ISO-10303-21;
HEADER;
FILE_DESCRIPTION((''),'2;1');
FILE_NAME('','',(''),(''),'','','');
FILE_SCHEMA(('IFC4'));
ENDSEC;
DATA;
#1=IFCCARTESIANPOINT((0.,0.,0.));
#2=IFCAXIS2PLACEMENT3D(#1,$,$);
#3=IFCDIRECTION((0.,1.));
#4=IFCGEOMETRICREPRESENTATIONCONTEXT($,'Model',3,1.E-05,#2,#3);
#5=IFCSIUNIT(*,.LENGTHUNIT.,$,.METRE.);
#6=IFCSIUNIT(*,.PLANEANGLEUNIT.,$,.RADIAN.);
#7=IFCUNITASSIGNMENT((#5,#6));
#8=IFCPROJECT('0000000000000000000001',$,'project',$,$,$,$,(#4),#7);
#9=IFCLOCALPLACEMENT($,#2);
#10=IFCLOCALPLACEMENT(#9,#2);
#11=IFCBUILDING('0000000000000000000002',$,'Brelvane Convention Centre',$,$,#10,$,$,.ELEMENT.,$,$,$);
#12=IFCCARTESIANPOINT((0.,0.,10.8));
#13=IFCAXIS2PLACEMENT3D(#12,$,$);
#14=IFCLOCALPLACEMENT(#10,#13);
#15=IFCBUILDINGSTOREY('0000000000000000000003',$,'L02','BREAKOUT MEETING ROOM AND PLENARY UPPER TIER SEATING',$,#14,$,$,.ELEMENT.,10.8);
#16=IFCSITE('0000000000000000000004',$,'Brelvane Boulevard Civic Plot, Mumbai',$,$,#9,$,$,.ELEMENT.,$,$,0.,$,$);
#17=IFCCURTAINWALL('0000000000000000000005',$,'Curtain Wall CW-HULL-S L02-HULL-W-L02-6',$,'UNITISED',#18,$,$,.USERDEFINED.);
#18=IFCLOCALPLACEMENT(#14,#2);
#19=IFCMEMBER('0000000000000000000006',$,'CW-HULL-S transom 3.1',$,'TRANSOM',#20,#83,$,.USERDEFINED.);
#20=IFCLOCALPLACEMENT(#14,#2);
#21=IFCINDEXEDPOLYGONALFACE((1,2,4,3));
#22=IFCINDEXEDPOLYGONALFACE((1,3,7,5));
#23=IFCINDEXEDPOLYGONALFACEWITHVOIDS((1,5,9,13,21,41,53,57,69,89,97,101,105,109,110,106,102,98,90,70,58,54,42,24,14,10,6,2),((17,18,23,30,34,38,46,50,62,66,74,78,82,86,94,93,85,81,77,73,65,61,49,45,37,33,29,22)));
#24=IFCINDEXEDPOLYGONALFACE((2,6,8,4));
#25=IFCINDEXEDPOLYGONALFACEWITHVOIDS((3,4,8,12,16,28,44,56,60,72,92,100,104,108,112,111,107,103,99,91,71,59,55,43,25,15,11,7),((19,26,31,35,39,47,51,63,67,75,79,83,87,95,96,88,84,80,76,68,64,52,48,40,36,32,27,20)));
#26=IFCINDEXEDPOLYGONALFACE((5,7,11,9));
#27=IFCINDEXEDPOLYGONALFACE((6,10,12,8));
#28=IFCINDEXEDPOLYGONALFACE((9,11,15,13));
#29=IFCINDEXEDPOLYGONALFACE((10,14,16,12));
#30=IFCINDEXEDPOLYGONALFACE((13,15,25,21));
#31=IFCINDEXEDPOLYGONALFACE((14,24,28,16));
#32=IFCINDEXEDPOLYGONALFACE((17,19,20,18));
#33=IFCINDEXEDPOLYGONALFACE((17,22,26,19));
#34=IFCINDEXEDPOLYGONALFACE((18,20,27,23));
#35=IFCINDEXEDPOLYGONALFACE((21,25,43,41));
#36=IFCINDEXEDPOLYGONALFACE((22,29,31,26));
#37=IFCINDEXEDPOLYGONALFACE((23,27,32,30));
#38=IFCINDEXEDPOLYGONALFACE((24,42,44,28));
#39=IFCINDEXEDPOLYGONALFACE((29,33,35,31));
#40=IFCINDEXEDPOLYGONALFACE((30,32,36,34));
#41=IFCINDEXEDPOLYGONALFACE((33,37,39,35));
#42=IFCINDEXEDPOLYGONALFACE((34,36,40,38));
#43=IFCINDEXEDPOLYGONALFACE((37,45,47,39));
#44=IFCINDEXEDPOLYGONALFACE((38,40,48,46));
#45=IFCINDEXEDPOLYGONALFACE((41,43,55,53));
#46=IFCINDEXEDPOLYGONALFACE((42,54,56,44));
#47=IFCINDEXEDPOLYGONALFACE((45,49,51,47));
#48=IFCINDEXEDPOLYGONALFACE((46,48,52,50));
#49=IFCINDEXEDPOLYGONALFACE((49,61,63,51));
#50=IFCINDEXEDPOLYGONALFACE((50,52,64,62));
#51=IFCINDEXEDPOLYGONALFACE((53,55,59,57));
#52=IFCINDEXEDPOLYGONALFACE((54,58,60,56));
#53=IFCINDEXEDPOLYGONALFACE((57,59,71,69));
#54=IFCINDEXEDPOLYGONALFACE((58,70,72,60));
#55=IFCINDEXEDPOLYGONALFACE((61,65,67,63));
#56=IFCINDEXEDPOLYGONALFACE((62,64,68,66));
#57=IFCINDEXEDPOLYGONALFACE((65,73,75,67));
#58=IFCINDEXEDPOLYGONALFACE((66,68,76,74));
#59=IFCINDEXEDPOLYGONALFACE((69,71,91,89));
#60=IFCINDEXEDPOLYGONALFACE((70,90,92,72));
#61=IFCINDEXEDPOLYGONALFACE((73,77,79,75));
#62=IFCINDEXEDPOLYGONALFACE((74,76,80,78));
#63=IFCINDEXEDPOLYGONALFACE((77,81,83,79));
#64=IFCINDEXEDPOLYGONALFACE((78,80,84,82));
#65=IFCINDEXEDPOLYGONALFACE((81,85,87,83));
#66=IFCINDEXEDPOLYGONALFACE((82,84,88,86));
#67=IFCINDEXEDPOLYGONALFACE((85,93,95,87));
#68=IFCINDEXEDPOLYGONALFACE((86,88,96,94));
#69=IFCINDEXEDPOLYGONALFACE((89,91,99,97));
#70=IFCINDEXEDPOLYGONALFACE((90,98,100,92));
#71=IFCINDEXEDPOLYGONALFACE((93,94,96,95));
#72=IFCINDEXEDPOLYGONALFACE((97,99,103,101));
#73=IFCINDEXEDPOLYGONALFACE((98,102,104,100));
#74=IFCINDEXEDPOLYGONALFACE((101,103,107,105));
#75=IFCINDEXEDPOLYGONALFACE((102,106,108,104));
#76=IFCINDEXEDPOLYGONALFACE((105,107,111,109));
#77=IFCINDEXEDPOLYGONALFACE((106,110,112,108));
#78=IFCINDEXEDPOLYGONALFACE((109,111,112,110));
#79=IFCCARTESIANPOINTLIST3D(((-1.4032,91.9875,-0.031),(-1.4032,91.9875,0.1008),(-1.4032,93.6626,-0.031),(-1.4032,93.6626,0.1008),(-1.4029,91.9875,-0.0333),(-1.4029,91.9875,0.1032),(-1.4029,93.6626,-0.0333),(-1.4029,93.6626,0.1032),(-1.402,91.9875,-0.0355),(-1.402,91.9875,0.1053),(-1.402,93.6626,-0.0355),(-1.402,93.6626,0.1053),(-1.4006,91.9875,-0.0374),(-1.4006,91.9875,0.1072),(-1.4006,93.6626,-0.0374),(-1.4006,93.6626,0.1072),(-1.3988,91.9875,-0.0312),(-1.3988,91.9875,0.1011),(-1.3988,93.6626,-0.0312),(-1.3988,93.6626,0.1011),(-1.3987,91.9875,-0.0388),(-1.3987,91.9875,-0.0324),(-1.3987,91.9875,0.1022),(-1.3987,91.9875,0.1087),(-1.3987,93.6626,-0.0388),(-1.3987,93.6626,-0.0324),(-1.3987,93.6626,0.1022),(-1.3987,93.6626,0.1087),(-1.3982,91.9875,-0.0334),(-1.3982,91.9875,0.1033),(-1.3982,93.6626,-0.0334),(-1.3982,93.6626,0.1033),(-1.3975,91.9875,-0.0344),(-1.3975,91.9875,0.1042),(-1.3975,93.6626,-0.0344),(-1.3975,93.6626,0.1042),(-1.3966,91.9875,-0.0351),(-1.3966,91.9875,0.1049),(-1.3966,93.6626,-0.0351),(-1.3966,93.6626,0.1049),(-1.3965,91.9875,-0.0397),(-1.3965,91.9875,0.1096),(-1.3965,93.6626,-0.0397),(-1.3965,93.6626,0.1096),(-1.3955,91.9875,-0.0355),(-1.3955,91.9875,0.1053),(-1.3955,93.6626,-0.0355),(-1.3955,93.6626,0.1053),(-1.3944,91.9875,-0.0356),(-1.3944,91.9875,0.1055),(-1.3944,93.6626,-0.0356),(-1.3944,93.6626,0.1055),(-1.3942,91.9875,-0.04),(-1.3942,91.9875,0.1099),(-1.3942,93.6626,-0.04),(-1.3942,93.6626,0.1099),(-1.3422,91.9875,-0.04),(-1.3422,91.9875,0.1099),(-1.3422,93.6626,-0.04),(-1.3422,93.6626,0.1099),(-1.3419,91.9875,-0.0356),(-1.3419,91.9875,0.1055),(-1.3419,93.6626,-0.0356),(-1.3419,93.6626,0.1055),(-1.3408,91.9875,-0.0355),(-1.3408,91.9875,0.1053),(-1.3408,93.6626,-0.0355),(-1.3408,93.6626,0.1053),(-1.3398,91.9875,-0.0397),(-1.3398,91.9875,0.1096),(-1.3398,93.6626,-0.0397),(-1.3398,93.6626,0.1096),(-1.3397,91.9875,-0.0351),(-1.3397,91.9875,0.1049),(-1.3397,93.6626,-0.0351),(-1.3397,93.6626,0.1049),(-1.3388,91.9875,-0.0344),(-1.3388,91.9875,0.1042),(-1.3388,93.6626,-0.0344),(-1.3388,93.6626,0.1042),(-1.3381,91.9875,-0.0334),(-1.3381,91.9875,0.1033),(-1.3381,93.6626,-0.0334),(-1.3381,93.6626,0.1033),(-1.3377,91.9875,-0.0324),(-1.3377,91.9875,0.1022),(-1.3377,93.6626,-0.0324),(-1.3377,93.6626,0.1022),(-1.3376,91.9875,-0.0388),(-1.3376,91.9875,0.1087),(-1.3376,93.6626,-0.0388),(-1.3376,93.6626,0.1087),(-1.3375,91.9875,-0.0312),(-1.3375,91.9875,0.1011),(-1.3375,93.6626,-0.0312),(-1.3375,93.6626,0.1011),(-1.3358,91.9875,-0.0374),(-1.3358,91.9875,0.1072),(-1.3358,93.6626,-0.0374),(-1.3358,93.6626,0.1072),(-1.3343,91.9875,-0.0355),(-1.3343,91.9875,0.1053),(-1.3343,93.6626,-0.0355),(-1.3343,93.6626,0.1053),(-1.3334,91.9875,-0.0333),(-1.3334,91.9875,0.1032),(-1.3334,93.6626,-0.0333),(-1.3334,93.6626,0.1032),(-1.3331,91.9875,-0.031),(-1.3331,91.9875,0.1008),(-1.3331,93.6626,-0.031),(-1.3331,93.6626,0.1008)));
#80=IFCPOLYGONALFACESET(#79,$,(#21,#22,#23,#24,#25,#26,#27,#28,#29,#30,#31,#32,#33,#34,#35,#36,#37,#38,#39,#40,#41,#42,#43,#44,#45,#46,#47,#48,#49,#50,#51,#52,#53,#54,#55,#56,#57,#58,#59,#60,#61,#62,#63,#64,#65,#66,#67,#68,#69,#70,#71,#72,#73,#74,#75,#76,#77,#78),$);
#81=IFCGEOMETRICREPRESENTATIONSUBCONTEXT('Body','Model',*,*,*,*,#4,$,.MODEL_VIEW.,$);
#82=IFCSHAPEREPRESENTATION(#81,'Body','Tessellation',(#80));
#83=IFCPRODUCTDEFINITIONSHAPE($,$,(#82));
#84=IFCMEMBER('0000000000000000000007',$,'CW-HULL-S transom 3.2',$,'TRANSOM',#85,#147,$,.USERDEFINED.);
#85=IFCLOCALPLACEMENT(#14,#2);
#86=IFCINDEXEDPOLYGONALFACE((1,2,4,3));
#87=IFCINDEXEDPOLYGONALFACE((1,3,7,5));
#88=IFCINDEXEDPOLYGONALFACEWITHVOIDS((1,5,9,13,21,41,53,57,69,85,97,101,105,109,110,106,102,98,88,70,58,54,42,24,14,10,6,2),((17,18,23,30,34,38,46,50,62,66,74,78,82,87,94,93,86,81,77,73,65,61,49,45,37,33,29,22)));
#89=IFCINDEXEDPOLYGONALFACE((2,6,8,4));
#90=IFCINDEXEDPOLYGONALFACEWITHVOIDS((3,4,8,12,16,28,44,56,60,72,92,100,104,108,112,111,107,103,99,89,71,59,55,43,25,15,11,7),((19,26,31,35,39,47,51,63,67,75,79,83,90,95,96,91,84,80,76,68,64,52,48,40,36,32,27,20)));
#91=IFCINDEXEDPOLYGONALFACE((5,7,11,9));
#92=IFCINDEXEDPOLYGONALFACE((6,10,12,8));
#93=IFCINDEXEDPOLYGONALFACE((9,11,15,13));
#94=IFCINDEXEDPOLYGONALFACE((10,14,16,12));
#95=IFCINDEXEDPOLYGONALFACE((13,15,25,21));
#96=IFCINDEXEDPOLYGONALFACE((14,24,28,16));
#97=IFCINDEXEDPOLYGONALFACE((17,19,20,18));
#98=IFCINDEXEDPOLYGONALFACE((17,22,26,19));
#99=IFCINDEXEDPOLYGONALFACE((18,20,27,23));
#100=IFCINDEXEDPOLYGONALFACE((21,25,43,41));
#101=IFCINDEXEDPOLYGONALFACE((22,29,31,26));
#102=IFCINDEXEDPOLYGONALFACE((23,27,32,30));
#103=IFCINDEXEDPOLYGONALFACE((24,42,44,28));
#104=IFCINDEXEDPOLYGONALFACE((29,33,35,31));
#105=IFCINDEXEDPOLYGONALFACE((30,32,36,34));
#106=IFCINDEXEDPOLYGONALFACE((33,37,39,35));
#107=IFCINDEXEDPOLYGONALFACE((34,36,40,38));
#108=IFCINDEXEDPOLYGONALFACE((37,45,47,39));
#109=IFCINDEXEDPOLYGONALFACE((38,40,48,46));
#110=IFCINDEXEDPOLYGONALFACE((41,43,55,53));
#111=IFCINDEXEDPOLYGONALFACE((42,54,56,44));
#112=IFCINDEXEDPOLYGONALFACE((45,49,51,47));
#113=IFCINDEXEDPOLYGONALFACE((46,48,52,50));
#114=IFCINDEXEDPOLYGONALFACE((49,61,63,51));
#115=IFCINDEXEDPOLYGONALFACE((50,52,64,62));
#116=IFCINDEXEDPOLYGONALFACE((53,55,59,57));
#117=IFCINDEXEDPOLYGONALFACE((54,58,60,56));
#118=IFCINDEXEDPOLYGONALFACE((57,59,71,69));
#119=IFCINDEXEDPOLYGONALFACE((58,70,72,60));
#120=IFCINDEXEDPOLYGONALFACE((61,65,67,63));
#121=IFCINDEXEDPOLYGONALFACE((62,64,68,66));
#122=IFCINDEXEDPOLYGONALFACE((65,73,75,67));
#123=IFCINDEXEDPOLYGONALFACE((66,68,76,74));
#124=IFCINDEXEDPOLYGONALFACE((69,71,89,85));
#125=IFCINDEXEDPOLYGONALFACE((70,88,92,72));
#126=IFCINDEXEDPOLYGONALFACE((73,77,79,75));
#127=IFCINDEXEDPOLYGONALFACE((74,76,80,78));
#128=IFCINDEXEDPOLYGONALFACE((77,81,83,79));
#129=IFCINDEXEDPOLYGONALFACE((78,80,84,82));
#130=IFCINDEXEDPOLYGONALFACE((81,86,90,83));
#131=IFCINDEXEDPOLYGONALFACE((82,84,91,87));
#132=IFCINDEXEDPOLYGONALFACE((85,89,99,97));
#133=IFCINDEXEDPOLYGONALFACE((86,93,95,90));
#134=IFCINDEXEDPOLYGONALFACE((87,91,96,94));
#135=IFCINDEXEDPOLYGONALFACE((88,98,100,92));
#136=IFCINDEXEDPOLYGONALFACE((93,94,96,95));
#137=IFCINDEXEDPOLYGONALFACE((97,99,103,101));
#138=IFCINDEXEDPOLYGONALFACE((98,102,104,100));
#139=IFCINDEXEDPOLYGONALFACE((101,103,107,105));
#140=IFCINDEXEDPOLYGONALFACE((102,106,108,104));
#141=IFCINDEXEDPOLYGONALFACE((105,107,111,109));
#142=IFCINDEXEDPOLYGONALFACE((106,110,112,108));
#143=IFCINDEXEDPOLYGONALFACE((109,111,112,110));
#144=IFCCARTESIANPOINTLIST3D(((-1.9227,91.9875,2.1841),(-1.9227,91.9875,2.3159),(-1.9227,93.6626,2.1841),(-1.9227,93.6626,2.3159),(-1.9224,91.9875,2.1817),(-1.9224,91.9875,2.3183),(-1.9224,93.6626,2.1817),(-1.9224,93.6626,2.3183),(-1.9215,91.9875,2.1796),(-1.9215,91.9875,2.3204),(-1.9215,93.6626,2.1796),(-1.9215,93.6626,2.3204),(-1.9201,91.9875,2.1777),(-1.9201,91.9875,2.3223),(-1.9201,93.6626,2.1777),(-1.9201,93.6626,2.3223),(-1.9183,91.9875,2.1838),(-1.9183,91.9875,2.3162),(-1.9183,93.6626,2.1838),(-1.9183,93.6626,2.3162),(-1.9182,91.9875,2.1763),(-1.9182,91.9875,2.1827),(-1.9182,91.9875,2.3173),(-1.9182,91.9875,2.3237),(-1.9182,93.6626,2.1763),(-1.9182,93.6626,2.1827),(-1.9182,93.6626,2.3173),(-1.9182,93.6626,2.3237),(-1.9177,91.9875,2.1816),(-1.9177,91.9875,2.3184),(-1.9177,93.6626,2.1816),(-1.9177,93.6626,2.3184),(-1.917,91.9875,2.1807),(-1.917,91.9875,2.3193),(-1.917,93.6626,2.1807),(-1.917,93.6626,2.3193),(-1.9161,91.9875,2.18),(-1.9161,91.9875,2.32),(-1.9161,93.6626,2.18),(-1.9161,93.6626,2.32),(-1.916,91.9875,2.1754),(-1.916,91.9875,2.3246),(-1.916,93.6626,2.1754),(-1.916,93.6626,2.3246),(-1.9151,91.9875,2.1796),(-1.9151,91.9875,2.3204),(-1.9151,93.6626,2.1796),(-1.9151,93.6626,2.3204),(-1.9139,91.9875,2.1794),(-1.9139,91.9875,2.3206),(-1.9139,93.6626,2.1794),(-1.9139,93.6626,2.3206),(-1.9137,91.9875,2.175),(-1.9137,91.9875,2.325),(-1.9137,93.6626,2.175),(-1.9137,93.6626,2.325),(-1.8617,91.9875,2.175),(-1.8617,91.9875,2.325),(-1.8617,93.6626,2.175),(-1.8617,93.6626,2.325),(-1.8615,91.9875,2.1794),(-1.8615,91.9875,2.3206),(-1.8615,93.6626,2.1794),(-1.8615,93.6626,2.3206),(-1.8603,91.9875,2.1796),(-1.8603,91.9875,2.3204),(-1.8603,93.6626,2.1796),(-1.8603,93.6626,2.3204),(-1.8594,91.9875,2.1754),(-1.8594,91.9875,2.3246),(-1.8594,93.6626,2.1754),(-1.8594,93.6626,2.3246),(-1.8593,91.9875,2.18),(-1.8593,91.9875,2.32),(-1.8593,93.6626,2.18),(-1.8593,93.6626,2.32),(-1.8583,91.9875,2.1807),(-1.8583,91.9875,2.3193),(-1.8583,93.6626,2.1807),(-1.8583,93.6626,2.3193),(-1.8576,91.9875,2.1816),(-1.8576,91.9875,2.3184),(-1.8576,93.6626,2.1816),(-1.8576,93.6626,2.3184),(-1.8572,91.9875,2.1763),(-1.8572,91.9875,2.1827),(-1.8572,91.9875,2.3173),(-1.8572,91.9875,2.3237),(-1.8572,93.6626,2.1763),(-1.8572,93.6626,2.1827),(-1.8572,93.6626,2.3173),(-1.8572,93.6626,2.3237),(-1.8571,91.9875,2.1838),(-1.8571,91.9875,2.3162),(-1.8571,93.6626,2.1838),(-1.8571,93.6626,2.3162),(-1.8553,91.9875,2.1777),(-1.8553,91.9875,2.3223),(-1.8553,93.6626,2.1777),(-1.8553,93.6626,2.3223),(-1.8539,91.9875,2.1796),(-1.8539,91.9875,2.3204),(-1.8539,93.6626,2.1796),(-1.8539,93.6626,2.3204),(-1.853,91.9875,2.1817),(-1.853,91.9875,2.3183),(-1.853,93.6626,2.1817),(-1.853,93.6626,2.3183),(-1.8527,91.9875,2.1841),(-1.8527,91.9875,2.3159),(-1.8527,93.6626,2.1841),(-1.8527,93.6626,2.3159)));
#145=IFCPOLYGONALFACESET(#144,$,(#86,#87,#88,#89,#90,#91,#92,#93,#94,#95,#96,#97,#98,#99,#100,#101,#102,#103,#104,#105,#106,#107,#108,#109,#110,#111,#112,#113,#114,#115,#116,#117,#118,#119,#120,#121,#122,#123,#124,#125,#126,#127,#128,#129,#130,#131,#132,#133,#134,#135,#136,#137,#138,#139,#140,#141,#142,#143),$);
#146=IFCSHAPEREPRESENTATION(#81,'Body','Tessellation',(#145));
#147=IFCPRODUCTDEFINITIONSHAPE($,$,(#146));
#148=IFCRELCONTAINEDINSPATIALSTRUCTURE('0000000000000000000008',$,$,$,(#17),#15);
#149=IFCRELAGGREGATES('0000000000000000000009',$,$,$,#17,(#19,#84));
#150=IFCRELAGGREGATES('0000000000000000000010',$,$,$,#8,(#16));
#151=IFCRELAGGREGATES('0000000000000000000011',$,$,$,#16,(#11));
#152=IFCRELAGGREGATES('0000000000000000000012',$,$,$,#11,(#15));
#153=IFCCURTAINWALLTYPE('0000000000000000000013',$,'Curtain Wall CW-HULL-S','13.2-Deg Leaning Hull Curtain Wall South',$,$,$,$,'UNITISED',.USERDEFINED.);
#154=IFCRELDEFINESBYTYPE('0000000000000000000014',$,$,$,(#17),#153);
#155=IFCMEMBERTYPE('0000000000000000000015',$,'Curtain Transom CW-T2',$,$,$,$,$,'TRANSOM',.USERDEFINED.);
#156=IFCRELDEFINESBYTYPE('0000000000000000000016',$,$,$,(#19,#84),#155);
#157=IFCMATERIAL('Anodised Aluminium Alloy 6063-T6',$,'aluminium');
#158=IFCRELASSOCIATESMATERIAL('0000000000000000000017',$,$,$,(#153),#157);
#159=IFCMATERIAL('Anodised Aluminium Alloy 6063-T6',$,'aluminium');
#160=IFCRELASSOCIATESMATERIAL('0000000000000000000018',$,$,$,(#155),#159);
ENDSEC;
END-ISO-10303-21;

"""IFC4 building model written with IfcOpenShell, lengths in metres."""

from ifc_helpers import new_model, si_unit, direction, frame, origin, origin_2d, place, context, subcontext, project, spatial, hollow_rectangle, extrude, material, material_profile, profile_set, type_object, element, aggregate, save


model = new_model("IFC4")

# Units and contexts
model_context = context("Model", 3, precision=1e-05, world=origin(), true_north=direction((0.0, 1.0)))
body_context = subcontext(model_context, "Body", "Model", "MODEL_VIEW")
ifc_project = project(units=[si_unit("LENGTHUNIT", "METRE"), si_unit("PLANEANGLEUNIT", "RADIAN")], contexts=[model_context])

# Site, building, storey
site_placement = place(None, origin())
site = spatial("IfcSite", under=ifc_project, at=site_placement, Name="Brelvane Boulevard Civic Plot, Mumbai", CompositionType="ELEMENT", RefElevation=0.0)
building_placement = place(site_placement, origin())
building = spatial("IfcBuilding", under=site, at=building_placement, Name="Brelvane Convention Centre", CompositionType="ELEMENT")
storey_placement = place(building_placement, frame((0.0, 0.0, 10.8)))
storey = spatial("IfcBuildingStorey", under=building, at=storey_placement, Name="L02", Description="BREAKOUT MEETING ROOM AND PLENARY UPPER TIER SEATING", CompositionType="ELEMENT", Elevation=10.8)

# Curtain wall, members
ifc_material_1 = material(Name="Anodised Aluminium Alloy 6063-T6", Category="aluminium")
curtain_wall_type = type_object("IfcCurtainWallType", Name="Curtain Wall CW-HULL-S", Description="13.2-Deg Leaning Hull Curtain Wall South", ElementType="UNITISED", PredefinedType="USERDEFINED", material=ifc_material_1)
curtain_wall_placement = place(storey_placement, origin())
curtain_wall = element("IfcCurtainWall", 1, at=curtain_wall_placement, inside=storey, type_object=curtain_wall_type, Name="Curtain Wall CW-HULL-S L02-HULL-W-L02-6", ObjectType="UNITISED", PredefinedType="USERDEFINED")
ifc_material_2 = material(Name="Anodised Aluminium Alloy 6063-T6", Category="aluminium")
ifc_material_profile_1 = material_profile(ifc_material_2, hollow_rectangle(XDim=0.0701, YDim=0.1499, WallThickness=0.0044, InnerFilletRadius=0.0044, OuterFilletRadius=0.009, at=origin_2d()), Name="ALU-T 150x70x4.5")
ifc_profile_set_1 = profile_set([ifc_material_profile_1], Name="Anodised Aluminium Alloy 6063-T6")
member_type_1 = type_object("IfcMemberType", Name="Curtain Transom CW-T2", ElementType="TRANSOM", PredefinedType="USERDEFINED", material=ifc_profile_set_1)
member_1_placement = place(storey_placement, frame((-1.3682, 91.9875, 0.0349), z_axis=(0.0, 1.0, 0.0), x_axis=(-1.0, 0.0, 0.0)))
member_1 = element("IfcMember", 2, at=member_1_placement, type_object=member_type_1, Name="CW-HULL-S transom 3.1", ObjectType="TRANSOM", PredefinedType="USERDEFINED", context=body_context, shape_type="SweptSolid", body=[
    extrude(hollow_rectangle(XDim=0.0701, YDim=0.1499, WallThickness=0.0044, InnerFilletRadius=0.0044, OuterFilletRadius=0.009, at=origin_2d()), origin(), (0.0, 0.0, 1.0), 1.675),
])
member_2_placement = place(storey_placement, frame((-1.8877, 91.9875, 2.25), z_axis=(0.0, 1.0, 0.0), x_axis=(-1.0, 0.0, 0.0)))
member_2 = element("IfcMember", 3, at=member_2_placement, type_object=member_type_1, Name="CW-HULL-S transom 3.2", ObjectType="TRANSOM", PredefinedType="USERDEFINED", context=body_context, shape_type="SweptSolid", body=[
    extrude(hollow_rectangle(XDim=0.0701, YDim=0.1499, WallThickness=0.0044, InnerFilletRadius=0.0044, OuterFilletRadius=0.009, at=origin_2d()), origin(), (0.0, 0.0, 1.0), 1.675),
])
aggregate(curtain_wall, [member_1, member_2])

save(model, "model.ifc")
